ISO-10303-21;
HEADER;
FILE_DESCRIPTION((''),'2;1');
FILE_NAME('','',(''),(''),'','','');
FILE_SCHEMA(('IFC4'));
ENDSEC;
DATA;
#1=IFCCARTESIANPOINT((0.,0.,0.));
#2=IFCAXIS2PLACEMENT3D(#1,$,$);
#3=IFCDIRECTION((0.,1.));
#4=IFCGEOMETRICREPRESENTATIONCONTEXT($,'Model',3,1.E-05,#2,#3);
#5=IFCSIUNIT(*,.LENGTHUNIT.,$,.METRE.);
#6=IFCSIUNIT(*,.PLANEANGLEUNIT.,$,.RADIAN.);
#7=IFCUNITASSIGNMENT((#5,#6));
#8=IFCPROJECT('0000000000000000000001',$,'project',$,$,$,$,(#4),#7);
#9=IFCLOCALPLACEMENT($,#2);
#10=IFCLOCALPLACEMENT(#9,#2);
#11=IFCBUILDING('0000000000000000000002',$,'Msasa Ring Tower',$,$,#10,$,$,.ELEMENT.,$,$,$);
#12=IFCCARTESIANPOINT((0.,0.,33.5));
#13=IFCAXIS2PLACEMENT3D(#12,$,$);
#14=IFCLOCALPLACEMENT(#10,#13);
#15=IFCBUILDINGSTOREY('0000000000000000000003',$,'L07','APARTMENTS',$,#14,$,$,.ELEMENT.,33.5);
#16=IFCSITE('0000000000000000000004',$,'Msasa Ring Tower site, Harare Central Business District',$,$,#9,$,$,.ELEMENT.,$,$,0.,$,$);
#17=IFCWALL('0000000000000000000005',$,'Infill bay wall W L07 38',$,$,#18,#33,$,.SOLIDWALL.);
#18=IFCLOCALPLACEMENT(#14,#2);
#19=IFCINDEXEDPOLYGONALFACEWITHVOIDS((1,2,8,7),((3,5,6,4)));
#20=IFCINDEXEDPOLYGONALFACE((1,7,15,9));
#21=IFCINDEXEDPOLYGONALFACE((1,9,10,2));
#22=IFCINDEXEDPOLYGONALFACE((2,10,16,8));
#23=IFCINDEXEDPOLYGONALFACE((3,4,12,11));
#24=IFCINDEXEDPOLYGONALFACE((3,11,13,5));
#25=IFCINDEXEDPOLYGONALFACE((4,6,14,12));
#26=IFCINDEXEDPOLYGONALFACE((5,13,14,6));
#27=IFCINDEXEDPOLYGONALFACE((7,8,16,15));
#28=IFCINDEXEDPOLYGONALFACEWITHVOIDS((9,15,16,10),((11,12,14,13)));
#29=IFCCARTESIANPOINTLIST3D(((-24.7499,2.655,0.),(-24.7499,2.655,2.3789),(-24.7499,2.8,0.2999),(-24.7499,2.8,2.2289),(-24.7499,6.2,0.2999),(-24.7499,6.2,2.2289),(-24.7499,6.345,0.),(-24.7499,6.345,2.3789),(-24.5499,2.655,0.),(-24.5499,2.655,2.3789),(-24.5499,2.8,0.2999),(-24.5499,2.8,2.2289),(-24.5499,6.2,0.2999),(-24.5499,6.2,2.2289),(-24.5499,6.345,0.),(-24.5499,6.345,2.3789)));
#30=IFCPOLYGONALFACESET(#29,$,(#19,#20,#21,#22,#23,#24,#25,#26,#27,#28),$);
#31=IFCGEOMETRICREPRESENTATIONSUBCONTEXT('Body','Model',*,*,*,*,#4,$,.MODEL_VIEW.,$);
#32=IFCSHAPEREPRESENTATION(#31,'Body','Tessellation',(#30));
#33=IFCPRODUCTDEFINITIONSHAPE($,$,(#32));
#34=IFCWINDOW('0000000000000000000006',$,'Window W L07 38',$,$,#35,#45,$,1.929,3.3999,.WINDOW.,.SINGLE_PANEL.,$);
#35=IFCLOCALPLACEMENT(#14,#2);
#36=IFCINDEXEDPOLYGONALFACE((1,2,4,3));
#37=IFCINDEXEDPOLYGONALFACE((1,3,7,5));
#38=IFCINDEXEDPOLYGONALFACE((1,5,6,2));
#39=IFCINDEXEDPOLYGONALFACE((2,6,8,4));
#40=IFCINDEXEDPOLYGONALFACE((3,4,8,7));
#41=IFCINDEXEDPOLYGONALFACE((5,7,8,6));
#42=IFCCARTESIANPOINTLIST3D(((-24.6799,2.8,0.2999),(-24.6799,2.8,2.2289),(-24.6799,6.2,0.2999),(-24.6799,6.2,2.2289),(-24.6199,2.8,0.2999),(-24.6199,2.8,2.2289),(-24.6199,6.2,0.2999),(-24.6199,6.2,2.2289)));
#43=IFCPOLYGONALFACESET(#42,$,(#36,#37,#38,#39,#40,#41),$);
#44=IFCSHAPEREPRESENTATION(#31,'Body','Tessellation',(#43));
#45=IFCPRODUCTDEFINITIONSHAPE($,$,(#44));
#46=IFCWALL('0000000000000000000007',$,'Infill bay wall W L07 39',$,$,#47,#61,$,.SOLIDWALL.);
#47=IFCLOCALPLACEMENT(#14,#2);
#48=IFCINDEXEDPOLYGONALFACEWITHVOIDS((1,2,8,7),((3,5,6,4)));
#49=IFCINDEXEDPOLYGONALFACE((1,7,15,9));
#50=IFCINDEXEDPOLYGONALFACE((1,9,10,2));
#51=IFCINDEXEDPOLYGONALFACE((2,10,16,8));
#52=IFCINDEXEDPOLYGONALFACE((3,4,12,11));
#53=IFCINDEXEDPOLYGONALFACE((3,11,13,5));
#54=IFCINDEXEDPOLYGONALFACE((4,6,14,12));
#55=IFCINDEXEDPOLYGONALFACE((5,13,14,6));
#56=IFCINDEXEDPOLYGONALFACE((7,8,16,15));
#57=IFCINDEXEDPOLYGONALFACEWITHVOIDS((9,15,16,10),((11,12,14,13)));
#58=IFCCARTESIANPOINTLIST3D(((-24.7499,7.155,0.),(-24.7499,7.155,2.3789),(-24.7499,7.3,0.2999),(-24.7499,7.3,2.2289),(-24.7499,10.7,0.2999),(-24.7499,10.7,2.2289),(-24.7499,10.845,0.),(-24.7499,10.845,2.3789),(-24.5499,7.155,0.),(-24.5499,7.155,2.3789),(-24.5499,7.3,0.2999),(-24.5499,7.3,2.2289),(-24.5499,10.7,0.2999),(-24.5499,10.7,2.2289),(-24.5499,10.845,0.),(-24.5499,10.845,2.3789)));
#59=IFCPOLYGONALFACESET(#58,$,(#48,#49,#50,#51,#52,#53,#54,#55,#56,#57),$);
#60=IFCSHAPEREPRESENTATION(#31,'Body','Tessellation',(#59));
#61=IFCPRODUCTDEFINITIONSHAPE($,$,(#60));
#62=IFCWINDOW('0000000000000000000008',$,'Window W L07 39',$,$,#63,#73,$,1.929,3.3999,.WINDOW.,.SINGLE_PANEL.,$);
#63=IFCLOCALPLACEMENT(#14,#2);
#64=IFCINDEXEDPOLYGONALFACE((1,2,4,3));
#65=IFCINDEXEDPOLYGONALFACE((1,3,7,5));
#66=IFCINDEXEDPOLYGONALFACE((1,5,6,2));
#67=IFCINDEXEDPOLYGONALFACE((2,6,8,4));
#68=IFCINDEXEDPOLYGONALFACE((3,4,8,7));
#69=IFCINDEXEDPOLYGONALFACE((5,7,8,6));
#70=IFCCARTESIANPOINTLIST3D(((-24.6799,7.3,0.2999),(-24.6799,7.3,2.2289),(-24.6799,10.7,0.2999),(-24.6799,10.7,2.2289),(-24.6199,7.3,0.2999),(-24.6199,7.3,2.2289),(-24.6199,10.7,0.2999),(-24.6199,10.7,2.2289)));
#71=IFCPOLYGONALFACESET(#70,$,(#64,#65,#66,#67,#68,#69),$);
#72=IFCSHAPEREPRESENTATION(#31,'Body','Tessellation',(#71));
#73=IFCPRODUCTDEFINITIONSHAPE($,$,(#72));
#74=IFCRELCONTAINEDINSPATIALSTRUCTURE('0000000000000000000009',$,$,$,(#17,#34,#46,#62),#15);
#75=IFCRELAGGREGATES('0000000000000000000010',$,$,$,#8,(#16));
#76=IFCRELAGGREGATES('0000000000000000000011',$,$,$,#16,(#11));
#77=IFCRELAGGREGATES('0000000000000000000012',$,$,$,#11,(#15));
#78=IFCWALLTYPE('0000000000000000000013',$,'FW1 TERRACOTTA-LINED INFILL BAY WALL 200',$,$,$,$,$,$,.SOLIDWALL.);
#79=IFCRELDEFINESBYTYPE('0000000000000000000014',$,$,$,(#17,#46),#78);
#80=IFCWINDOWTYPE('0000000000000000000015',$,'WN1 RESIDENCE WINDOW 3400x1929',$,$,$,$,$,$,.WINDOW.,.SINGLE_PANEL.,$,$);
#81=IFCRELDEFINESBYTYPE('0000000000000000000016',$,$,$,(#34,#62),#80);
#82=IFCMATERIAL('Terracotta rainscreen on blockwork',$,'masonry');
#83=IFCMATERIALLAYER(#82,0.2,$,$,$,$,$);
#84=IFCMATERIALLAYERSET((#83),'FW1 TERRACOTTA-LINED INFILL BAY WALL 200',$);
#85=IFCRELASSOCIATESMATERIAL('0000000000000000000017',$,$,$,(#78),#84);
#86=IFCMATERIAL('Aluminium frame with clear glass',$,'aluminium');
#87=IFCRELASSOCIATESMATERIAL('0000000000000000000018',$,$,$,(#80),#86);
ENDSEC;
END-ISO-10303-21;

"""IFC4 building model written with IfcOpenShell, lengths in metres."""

from ifc_helpers import new_model, si_unit, direction, frame, frame_2d, origin, place, context, subcontext, project, spatial, rectangle, extrude, material, layer, layer_set, type_object, element, fill, save


model = new_model("IFC4")

# Units and contexts
model_context = context("Model", 3, precision=1e-05, world=origin(), true_north=direction((0.0, 1.0)))
body_context = subcontext(model_context, "Body", "Model", "MODEL_VIEW")
ifc_project = project(units=[si_unit("LENGTHUNIT", "METRE"), si_unit("PLANEANGLEUNIT", "RADIAN")], contexts=[model_context])

# Site, building, storey
site_placement = place(None, origin())
site = spatial("IfcSite", under=ifc_project, at=site_placement, Name="Msasa Ring Tower site, Harare Central Business District", CompositionType="ELEMENT", RefElevation=0.0)
building_placement = place(site_placement, origin())
building = spatial("IfcBuilding", under=site, at=building_placement, Name="Msasa Ring Tower", CompositionType="ELEMENT")
storey_placement = place(building_placement, frame((0.0, 0.0, 33.5)))
storey = spatial("IfcBuildingStorey", under=building, at=storey_placement, Name="L07", Description="APARTMENTS", CompositionType="ELEMENT", Elevation=33.5)

# Walls, openings, windows
ifc_material_1 = material(Name="Terracotta rainscreen on blockwork", Category="masonry")
ifc_layer = layer(ifc_material_1, 0.2)
ifc_layer_set = layer_set([ifc_layer], Name="FW1 TERRACOTTA-LINED INFILL BAY WALL 200")
wall_type = type_object("IfcWallType", Name="FW1 TERRACOTTA-LINED INFILL BAY WALL 200", PredefinedType="SOLIDWALL", material=ifc_layer_set)
wall_1_placement = place(storey_placement, frame((-24.6499, 2.655, 0.0), z_axis=(0.0, 0.0, 1.0), x_axis=(0.0, 1.0, 0.0)))
wall_1 = element("IfcWall", 1, at=wall_1_placement, inside=storey, type_object=wall_type, Name="Infill bay wall W L07 38", PredefinedType="SOLIDWALL", context=body_context, shape_type="SweptSolid", body=[
    extrude(rectangle(XDim=3.6899, YDim=0.2, at=frame_2d((1.845, 0.0))), origin(), (0.0, 0.0, 1.0), 2.3789),
])
opening_1_placement = place(wall_1_placement, frame((0.145, 0.0, 0.3)))
opening_1 = element("IfcOpeningElement", 2, at=opening_1_placement, cuts=wall_1, PredefinedType="OPENING", context=body_context, shape_type="SweptSolid", body=[
    extrude(rectangle(XDim=3.3999, YDim=1.929, at=frame_2d((1.7, 0.9644))), frame((0.0, 0.1099, 0.0), z_axis=(0.0, -1.0, 0.0), x_axis=(1.0, 0.0, 0.0)), (0.0, 0.0, 1.0), 0.22),
])
ifc_material_2 = material(Name="Aluminium frame with clear glass", Category="aluminium")
window_type = type_object("IfcWindowType", Name="WN1 RESIDENCE WINDOW 3400x1929", PartitioningType="SINGLE_PANEL", PredefinedType="WINDOW", material=ifc_material_2)
window_1_placement = place(opening_1_placement, origin())
window_1 = element("IfcWindow", 3, at=window_1_placement, inside=storey, type_object=window_type, Name="Window W L07 38", OverallHeight=1.929, OverallWidth=3.3999, PartitioningType="SINGLE_PANEL", PredefinedType="WINDOW", context=body_context, shape_type="SweptSolid", body=[
    extrude(rectangle(XDim=3.3999, YDim=1.929, at=frame_2d((1.7, 0.9644))), frame((0.0, 0.03, 0.0), z_axis=(0.0, -1.0, 0.0), x_axis=(1.0, 0.0, 0.0)), (0.0, 0.0, 1.0), 0.0601),
])
fill(opening_1, window_1)
wall_2_placement = place(storey_placement, frame((-24.6499, 7.155, 0.0), z_axis=(0.0, 0.0, 1.0), x_axis=(0.0, 1.0, 0.0)))
wall_2 = element("IfcWall", 4, at=wall_2_placement, inside=storey, type_object=wall_type, Name="Infill bay wall W L07 39", PredefinedType="SOLIDWALL", context=body_context, shape_type="SweptSolid", body=[
    extrude(rectangle(XDim=3.6899, YDim=0.2, at=frame_2d((1.845, 0.0))), origin(), (0.0, 0.0, 1.0), 2.3789),
])
opening_2_placement = place(wall_2_placement, frame((0.145, 0.0, 0.3)))
opening_2 = element("IfcOpeningElement", 5, at=opening_2_placement, cuts=wall_2, PredefinedType="OPENING", context=body_context, shape_type="SweptSolid", body=[
    extrude(rectangle(XDim=3.3999, YDim=1.929, at=frame_2d((1.7, 0.9644))), frame((0.0, 0.1099, 0.0), z_axis=(0.0, -1.0, 0.0), x_axis=(1.0, 0.0, 0.0)), (0.0, 0.0, 1.0), 0.22),
])
window_2_placement = place(opening_2_placement, origin())
window_2 = element("IfcWindow", 6, at=window_2_placement, inside=storey, type_object=window_type, Name="Window W L07 39", OverallHeight=1.929, OverallWidth=3.3999, PartitioningType="SINGLE_PANEL", PredefinedType="WINDOW", context=body_context, shape_type="SweptSolid", body=[
    extrude(rectangle(XDim=3.3999, YDim=1.929, at=frame_2d((1.7, 0.9644))), frame((0.0, 0.03, 0.0), z_axis=(0.0, -1.0, 0.0), x_axis=(1.0, 0.0, 0.0)), (0.0, 0.0, 1.0), 0.0601),
])
fill(opening_2, window_2)

save(model, "model.ifc")
